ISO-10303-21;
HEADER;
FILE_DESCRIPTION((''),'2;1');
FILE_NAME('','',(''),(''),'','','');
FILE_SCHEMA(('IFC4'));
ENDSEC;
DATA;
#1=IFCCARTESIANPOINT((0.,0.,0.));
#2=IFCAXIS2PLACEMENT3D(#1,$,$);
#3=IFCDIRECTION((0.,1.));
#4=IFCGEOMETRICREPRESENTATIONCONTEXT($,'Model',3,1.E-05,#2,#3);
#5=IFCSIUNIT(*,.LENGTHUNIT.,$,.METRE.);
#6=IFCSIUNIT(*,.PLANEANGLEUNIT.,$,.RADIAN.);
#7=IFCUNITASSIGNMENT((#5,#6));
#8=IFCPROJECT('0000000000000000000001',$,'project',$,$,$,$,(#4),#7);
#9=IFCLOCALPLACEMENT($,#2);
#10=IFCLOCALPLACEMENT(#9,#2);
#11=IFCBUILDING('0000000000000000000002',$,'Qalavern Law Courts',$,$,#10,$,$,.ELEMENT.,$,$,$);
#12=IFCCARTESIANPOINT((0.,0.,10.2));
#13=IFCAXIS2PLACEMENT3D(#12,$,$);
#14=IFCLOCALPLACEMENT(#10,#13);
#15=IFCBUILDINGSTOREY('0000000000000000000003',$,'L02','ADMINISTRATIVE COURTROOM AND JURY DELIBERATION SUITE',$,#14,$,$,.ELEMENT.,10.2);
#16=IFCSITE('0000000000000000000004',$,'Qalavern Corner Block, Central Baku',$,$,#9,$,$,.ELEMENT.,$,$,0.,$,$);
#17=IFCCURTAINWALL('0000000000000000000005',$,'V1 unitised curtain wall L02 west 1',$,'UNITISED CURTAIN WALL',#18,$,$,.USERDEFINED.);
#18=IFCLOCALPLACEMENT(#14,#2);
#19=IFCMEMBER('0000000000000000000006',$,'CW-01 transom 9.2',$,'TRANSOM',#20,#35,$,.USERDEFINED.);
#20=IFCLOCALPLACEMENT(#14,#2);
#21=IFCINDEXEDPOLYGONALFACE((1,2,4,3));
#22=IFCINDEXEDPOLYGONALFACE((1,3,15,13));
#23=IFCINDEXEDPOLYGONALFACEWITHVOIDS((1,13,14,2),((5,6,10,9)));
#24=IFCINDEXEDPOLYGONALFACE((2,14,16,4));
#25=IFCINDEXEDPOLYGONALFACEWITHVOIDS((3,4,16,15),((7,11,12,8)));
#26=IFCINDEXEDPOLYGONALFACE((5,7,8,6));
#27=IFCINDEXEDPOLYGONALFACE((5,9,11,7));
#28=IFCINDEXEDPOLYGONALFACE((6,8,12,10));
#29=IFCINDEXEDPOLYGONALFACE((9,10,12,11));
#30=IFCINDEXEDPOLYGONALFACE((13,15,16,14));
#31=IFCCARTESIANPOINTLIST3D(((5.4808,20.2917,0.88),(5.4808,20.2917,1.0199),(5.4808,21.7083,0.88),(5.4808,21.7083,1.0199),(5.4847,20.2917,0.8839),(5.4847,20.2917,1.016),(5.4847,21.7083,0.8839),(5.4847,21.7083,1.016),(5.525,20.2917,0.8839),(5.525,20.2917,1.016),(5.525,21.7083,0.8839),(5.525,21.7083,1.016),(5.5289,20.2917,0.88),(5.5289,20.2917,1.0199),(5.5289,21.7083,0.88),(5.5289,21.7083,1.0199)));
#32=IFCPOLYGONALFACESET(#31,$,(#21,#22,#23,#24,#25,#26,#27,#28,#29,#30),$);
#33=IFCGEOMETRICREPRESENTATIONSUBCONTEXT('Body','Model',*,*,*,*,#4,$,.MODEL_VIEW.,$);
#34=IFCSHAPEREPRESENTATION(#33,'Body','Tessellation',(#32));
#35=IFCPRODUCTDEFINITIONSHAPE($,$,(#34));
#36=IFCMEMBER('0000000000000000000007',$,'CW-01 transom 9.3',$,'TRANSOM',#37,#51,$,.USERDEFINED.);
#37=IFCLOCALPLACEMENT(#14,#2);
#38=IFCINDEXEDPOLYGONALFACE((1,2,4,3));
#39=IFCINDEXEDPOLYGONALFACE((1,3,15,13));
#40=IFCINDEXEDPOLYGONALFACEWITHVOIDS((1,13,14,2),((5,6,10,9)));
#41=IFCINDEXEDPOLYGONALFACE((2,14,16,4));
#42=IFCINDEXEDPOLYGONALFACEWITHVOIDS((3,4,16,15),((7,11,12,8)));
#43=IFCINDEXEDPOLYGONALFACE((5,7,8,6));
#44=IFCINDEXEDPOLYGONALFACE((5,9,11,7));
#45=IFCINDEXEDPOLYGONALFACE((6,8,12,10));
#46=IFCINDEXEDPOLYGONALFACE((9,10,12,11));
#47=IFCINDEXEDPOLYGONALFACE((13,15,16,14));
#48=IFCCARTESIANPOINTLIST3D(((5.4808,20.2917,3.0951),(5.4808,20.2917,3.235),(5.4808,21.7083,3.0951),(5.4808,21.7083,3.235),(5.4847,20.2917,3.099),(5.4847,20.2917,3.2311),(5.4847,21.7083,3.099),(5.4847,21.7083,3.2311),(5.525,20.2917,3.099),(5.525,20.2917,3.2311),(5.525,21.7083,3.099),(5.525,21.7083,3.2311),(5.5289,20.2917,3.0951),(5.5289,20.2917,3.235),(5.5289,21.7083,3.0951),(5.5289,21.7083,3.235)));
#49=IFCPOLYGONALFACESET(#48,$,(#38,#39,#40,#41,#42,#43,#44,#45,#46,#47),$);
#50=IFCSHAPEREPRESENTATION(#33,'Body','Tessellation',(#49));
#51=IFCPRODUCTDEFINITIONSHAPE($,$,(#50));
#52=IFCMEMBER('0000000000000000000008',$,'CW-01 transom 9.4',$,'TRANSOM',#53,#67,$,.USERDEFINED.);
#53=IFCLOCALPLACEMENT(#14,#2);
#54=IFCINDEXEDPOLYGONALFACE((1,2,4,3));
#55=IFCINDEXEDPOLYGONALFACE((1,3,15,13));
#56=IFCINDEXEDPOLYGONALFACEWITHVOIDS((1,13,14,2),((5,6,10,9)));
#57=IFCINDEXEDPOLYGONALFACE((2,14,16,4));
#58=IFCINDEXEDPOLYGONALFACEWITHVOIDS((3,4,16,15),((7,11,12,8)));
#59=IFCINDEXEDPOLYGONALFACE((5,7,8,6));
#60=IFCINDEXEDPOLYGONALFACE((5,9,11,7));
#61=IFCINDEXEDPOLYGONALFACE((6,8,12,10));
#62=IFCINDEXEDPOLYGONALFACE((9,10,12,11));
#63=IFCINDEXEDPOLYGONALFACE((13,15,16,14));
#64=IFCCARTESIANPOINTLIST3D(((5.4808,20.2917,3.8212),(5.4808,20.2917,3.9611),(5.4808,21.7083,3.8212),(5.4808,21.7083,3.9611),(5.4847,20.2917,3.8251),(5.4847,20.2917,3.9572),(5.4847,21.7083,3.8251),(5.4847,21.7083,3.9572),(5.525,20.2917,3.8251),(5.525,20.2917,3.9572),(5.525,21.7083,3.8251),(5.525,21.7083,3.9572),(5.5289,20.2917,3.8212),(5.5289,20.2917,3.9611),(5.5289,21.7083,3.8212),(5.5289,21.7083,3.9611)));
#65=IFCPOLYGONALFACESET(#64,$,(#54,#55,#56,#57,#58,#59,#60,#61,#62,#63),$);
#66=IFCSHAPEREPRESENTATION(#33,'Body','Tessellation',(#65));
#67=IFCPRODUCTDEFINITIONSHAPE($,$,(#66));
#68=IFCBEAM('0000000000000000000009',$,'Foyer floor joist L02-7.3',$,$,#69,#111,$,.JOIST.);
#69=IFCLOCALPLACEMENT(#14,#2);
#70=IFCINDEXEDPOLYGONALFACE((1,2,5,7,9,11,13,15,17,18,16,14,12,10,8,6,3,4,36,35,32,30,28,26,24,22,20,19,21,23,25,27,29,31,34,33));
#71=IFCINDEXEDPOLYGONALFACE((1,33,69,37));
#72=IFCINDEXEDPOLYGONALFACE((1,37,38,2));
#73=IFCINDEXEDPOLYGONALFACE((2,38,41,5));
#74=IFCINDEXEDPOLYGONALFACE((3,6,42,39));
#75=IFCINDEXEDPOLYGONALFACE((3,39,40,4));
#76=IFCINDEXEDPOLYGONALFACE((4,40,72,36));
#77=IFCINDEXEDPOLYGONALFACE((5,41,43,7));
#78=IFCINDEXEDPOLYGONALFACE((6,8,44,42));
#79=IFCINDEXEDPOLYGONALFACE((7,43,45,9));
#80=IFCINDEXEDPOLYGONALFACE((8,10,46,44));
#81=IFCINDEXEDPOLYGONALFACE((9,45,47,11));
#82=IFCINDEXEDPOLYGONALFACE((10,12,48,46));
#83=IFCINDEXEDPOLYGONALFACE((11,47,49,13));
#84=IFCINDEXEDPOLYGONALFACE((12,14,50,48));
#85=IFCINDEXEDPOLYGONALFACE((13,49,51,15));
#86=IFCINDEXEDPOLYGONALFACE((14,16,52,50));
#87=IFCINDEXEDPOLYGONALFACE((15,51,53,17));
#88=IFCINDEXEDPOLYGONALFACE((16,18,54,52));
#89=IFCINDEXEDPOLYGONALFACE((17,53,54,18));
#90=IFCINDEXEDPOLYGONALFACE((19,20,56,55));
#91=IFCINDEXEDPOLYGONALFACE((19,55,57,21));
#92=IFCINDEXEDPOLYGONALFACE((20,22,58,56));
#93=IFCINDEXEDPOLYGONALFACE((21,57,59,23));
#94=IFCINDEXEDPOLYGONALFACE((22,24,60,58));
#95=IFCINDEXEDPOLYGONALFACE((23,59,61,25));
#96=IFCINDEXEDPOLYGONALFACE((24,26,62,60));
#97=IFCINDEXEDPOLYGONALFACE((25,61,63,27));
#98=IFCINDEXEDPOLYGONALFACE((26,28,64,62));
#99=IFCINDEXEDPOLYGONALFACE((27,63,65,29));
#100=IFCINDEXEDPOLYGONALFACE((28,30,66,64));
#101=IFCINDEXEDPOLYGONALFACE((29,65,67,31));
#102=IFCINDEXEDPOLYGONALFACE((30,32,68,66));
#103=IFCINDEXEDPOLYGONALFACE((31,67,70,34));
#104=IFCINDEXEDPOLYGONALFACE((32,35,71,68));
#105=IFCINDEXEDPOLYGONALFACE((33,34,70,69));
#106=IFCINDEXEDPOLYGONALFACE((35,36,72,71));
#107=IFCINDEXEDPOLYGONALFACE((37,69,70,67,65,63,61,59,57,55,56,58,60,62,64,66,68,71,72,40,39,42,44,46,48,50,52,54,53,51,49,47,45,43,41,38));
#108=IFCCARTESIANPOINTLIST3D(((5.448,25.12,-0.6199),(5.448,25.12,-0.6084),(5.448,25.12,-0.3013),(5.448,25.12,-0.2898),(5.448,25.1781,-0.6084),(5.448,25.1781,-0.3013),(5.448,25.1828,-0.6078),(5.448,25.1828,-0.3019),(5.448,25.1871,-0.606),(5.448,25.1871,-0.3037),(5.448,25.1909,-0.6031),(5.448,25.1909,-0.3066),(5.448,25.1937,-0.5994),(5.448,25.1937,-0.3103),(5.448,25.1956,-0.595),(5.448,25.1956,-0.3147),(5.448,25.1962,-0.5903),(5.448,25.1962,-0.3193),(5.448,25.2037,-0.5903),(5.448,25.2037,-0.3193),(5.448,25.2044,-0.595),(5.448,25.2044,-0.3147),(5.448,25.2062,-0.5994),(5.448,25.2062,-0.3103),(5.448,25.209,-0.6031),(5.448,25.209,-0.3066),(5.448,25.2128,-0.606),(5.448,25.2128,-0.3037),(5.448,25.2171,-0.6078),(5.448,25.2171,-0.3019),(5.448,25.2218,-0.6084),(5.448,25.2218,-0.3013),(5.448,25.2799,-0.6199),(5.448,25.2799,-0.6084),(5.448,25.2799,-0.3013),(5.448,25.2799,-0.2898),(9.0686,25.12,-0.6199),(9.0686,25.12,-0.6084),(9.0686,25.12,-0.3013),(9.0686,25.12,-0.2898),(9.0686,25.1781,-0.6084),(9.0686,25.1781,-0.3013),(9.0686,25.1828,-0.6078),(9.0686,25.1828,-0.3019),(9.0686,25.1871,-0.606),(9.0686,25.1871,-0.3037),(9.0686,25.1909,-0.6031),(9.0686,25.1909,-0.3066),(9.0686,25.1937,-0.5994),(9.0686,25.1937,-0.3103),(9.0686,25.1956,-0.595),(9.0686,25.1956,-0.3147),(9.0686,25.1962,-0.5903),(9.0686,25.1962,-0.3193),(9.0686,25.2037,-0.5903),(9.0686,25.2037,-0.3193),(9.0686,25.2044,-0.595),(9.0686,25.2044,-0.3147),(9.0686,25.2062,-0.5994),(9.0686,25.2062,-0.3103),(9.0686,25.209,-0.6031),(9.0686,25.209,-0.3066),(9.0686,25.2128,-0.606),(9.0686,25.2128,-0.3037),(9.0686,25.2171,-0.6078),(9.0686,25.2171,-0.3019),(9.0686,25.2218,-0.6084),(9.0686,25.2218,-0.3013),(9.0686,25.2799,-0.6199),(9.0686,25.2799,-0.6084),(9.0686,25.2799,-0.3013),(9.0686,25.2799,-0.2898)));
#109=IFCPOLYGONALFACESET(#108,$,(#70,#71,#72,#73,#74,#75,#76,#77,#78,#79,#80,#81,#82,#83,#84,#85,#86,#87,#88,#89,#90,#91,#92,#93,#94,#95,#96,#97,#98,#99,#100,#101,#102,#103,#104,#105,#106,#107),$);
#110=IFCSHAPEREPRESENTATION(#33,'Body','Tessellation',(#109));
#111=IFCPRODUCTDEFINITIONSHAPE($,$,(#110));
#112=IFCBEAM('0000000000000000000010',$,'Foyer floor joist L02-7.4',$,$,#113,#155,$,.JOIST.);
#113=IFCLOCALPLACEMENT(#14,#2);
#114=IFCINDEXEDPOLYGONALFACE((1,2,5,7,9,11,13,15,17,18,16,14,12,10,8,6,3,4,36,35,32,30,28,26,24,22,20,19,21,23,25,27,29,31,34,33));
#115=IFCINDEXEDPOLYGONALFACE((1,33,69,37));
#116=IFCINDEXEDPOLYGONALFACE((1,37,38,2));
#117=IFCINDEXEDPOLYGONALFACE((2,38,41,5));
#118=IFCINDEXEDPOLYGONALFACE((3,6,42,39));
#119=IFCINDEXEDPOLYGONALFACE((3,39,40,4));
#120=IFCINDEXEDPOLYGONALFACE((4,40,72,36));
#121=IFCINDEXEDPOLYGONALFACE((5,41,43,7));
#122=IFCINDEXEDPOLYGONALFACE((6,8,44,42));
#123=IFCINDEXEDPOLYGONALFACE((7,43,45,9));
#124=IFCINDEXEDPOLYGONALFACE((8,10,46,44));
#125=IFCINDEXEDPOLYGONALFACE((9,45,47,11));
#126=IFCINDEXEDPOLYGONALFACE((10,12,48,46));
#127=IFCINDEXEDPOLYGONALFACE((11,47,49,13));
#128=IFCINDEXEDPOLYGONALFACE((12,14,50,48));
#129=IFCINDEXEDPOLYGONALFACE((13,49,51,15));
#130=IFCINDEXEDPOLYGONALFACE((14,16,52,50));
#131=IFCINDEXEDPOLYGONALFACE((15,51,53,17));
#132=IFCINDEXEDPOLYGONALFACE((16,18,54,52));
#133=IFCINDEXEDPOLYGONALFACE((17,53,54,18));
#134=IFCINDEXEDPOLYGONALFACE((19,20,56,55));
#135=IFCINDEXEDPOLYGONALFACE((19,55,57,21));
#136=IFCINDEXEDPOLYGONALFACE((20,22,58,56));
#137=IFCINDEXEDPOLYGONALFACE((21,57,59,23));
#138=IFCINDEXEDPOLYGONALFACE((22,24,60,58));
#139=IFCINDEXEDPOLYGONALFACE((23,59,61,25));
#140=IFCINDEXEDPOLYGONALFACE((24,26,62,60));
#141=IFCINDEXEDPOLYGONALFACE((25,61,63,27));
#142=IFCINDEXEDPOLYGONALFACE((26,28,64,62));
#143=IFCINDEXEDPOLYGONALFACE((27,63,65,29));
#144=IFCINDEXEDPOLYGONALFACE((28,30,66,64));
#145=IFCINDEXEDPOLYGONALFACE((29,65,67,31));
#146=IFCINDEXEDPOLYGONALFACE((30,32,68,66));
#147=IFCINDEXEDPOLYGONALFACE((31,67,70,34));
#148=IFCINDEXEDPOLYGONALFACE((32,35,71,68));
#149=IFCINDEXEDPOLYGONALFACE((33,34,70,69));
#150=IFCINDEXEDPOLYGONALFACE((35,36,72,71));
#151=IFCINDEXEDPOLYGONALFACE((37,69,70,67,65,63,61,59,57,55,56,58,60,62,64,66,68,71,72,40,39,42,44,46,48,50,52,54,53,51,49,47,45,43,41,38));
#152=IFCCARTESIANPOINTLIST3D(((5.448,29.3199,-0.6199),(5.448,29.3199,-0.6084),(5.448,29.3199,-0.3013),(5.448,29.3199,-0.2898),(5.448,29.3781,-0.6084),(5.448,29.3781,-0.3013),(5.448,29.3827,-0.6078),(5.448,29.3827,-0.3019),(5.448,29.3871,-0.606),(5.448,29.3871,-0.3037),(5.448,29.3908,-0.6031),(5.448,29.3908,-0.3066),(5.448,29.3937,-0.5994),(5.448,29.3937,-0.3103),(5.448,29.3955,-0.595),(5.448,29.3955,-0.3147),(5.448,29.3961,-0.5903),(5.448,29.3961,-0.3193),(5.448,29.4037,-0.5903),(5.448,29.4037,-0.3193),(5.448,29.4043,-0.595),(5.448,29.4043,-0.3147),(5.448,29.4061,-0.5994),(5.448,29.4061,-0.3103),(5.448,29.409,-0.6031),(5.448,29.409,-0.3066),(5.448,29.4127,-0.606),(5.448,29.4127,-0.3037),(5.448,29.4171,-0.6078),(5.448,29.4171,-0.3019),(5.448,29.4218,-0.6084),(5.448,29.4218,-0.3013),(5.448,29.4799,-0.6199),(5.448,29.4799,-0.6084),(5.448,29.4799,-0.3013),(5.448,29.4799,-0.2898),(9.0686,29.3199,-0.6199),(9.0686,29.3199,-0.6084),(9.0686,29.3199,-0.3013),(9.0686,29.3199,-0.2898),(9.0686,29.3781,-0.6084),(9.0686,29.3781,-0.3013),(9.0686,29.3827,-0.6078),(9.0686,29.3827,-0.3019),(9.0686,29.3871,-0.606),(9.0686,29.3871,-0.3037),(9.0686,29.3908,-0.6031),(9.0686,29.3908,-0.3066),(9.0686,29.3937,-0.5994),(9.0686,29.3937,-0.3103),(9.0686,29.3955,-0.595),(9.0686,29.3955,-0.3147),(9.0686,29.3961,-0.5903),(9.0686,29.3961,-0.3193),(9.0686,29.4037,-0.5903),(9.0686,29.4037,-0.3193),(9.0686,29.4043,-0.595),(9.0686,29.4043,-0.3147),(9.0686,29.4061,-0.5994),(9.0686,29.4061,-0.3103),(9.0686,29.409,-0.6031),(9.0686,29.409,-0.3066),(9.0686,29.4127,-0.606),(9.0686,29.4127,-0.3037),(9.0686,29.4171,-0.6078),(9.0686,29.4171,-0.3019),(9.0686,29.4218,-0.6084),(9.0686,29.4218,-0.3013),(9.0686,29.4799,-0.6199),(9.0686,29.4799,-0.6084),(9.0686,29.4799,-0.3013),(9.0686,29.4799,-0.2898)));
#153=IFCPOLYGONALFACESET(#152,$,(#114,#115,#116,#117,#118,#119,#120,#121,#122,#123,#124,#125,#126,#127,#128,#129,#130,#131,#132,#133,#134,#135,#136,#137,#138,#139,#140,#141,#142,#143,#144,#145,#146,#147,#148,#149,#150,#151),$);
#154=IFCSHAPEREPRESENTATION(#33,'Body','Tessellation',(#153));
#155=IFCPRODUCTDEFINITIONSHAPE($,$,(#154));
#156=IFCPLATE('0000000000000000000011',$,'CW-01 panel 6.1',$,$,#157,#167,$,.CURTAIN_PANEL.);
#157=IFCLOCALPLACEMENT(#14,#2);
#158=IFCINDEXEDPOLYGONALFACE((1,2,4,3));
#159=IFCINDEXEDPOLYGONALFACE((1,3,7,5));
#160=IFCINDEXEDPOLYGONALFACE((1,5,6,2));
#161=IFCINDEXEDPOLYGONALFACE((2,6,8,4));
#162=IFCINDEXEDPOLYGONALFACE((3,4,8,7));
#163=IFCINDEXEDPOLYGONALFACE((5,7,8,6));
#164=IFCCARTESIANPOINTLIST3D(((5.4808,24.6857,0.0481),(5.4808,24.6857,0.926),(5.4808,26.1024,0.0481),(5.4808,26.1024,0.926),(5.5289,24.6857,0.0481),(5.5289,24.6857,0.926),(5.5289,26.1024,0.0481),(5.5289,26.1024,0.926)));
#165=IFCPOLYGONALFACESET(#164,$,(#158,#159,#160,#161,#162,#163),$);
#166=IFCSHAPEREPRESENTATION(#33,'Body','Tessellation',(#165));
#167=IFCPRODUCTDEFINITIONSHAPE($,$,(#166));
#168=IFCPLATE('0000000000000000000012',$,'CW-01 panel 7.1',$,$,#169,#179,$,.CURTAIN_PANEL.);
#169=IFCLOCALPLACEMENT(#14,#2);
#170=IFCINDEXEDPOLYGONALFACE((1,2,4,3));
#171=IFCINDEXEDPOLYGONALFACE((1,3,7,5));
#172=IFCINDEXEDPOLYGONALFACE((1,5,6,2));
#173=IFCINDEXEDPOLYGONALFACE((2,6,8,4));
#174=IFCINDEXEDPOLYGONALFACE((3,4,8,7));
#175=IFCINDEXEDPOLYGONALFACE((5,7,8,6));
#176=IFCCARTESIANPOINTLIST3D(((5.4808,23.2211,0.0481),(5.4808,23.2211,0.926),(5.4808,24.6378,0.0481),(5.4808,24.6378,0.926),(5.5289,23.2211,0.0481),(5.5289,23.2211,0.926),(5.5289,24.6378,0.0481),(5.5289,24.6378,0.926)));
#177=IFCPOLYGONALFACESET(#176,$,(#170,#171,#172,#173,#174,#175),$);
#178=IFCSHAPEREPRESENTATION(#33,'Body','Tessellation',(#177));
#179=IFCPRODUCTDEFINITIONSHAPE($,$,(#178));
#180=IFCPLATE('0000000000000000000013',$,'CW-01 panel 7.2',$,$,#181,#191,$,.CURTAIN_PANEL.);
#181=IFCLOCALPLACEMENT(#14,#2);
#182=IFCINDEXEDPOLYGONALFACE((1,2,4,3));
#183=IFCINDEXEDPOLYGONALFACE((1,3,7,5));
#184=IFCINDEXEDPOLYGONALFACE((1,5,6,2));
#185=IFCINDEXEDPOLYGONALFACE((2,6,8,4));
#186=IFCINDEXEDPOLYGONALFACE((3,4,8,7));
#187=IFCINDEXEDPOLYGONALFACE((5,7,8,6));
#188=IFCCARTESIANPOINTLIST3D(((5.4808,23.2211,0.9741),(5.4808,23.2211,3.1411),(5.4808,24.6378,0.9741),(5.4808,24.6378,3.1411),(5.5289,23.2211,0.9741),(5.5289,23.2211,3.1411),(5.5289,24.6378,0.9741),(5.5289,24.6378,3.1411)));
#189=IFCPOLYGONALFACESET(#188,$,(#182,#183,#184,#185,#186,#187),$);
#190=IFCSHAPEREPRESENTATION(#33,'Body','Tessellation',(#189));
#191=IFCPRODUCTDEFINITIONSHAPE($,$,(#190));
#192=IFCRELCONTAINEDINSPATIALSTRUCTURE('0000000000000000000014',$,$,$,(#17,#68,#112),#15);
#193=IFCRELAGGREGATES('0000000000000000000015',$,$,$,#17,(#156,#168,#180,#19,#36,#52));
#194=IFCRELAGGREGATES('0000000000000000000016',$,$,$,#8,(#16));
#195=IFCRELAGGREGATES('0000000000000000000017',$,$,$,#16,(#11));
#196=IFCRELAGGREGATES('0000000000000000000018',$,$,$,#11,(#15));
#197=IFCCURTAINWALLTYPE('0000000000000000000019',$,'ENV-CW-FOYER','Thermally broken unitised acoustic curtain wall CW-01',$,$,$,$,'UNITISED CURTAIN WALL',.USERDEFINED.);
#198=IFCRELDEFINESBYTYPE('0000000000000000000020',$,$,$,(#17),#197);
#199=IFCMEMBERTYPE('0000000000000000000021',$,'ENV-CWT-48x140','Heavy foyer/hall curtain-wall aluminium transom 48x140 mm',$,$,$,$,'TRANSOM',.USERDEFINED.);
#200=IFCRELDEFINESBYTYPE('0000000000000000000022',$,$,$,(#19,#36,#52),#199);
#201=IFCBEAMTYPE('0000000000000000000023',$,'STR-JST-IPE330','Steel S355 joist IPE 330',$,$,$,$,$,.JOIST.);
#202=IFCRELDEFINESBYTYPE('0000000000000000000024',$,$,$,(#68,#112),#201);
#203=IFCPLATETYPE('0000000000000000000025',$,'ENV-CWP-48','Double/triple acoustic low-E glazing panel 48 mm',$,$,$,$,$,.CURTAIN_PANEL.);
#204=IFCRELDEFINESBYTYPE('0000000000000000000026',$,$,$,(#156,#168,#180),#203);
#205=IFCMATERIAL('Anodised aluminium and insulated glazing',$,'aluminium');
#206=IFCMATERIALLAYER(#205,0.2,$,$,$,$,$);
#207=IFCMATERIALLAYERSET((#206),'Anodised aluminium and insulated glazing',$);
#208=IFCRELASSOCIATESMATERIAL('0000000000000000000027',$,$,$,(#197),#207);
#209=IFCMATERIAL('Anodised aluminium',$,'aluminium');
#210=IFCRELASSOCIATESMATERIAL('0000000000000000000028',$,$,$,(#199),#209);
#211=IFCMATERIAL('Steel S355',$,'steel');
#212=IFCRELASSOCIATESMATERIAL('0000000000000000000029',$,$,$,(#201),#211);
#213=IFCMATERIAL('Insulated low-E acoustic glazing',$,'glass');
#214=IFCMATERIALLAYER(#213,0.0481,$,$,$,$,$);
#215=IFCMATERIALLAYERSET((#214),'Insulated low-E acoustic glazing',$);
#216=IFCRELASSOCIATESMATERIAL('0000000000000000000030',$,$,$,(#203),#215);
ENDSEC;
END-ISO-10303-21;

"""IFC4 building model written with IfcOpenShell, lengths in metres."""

from ifc_helpers import new_model, si_unit, direction, frame, origin, origin_2d, place, context, subcontext, project, spatial, rectangle, hollow_rectangle, i_section, extrude, material, layer, layer_set, material_profile, profile_set, type_object, element, aggregate, save


model = new_model("IFC4")

# Units and contexts
model_context = context("Model", 3, precision=1e-05, world=origin(), true_north=direction((0.0, 1.0)))
body_context = subcontext(model_context, "Body", "Model", "MODEL_VIEW")
ifc_project = project(units=[si_unit("LENGTHUNIT", "METRE"), si_unit("PLANEANGLEUNIT", "RADIAN")], contexts=[model_context])

# Site, building, storey
site_placement = place(None, origin())
site = spatial("IfcSite", under=ifc_project, at=site_placement, Name="Qalavern Corner Block, Central Baku", CompositionType="ELEMENT", RefElevation=0.0)
building_placement = place(site_placement, origin())
building = spatial("IfcBuilding", under=site, at=building_placement, Name="Qalavern Law Courts", CompositionType="ELEMENT")
storey_placement = place(building_placement, frame((0.0, 0.0, 10.2)))
storey = spatial("IfcBuildingStorey", under=building, at=storey_placement, Name="L02", Description="ADMINISTRATIVE COURTROOM AND JURY DELIBERATION SUITE", CompositionType="ELEMENT", Elevation=10.2)

# Curtain wall, members
ifc_material_1 = material(Name="Anodised aluminium and insulated glazing", Category="aluminium")
ifc_layer_1 = layer(ifc_material_1, 0.2)
ifc_layer_set_1 = layer_set([ifc_layer_1], Name="Anodised aluminium and insulated glazing")
curtain_wall_type = type_object("IfcCurtainWallType", Name="ENV-CW-FOYER", Description="Thermally broken unitised acoustic curtain wall CW-01", ElementType="UNITISED CURTAIN WALL", PredefinedType="USERDEFINED", material=ifc_layer_set_1)
curtain_wall_placement = place(storey_placement, origin())
curtain_wall = element("IfcCurtainWall", 1, at=curtain_wall_placement, inside=storey, type_object=curtain_wall_type, Name="V1 unitised curtain wall L02 west 1", ObjectType="UNITISED CURTAIN WALL", PredefinedType="USERDEFINED")
ifc_material_2 = material(Name="Anodised aluminium", Category="aluminium")
ifc_material_profile_1 = material_profile(ifc_material_2, hollow_rectangle(XDim=0.0481, YDim=0.1399, WallThickness=0.0039, at=origin_2d()), Name="ALU TRANSOM 48x140")
ifc_profile_set_1 = profile_set([ifc_material_profile_1], Name="Anodised aluminium")
member_type_1 = type_object("IfcMemberType", Name="ENV-CWT-48x140", Description="Heavy foyer/hall curtain-wall aluminium transom 48x140 mm", ElementType="TRANSOM", PredefinedType="USERDEFINED", material=ifc_profile_set_1)
member_1_placement = place(storey_placement, frame((5.5049, 21.7083, 0.95), z_axis=(0.0, -1.0, 0.0), x_axis=(1.0, 0.0, 0.0)))
member_1 = element("IfcMember", 2, at=member_1_placement, type_object=member_type_1, Name="CW-01 transom 9.2", ObjectType="TRANSOM", PredefinedType="USERDEFINED", context=body_context, shape_type="SweptSolid", body=[
    extrude(hollow_rectangle(XDim=0.0481, YDim=0.1399, WallThickness=0.0039, at=origin_2d()), origin(), (0.0, 0.0, 1.0), 1.4165),
])
member_2_placement = place(storey_placement, frame((5.5049, 21.7083, 3.165), z_axis=(0.0, -1.0, 0.0), x_axis=(1.0, 0.0, 0.0)))
member_2 = element("IfcMember", 3, at=member_2_placement, type_object=member_type_1, Name="CW-01 transom 9.3", ObjectType="TRANSOM", PredefinedType="USERDEFINED", context=body_context, shape_type="SweptSolid", body=[
    extrude(hollow_rectangle(XDim=0.0481, YDim=0.1399, WallThickness=0.0039, at=origin_2d()), origin(), (0.0, 0.0, 1.0), 1.4165),
])
member_3_placement = place(storey_placement, frame((5.5049, 21.7083, 3.8911), z_axis=(0.0, -1.0, 0.0), x_axis=(1.0, 0.0, 0.0)))
member_3 = element("IfcMember", 4, at=member_3_placement, type_object=member_type_1, Name="CW-01 transom 9.4", ObjectType="TRANSOM", PredefinedType="USERDEFINED", context=body_context, shape_type="SweptSolid", body=[
    extrude(hollow_rectangle(XDim=0.0481, YDim=0.1399, WallThickness=0.0039, at=origin_2d()), origin(), (0.0, 0.0, 1.0), 1.4165),
])

# Beams
ifc_material_3 = material(Name="Steel S355", Category="steel")
ifc_material_profile_2 = material_profile(ifc_material_3, i_section(OverallWidth=0.1599, OverallDepth=0.3301, WebThickness=0.0076, FlangeThickness=0.0115, FilletRadius=0.0181, at=origin_2d()), Name="IPE 330")
ifc_profile_set_2 = profile_set([ifc_material_profile_2], Name="Steel S355")
beam_type = type_object("IfcBeamType", Name="STR-JST-IPE330", Description="Steel S355 joist IPE 330", PredefinedType="JOIST", material=ifc_profile_set_2)
for number, where, z_axis, x_axis, name in (
    (5, (5.448, 25.2, -0.4548), (1.0, 0.0, 0.0), (0.0, 1.0, 0.0), "Foyer floor joist L02-7.3"),
    (6, (5.448, 29.3999, -0.4548), (1.0, 0.0, 0.0), (0.0, 1.0, 0.0), "Foyer floor joist L02-7.4"),
):
    element("IfcBeam", number, at=place(storey_placement, frame(where, z_axis=z_axis, x_axis=x_axis)), inside=storey, type_object=beam_type, Name=name, PredefinedType="JOIST", context=body_context, shape_type="SweptSolid", body=[
        extrude(i_section(OverallWidth=0.1599, OverallDepth=0.3301, WebThickness=0.0076, FlangeThickness=0.0115, FilletRadius=0.0181, at=origin_2d()), origin(), (0.0, 0.0, 1.0), 3.6206),
    ])

# Plates
ifc_material_4 = material(Name="Insulated low-E acoustic glazing", Category="glass")
ifc_layer_2 = layer(ifc_material_4, 0.0481)
ifc_layer_set_2 = layer_set([ifc_layer_2], Name="Insulated low-E acoustic glazing")
plate_type = type_object("IfcPlateType", Name="ENV-CWP-48", Description="Double/triple acoustic low-E glazing panel 48 mm", PredefinedType="CURTAIN_PANEL", material=ifc_layer_set_2)
plate_1_placement = place(storey_placement, frame((5.5049, 25.394, 0.0481), z_axis=(0.0, 0.0, 1.0), x_axis=(0.0, -1.0, 0.0)))
plate_1 = element("IfcPlate", 7, at=plate_1_placement, type_object=plate_type, Name="CW-01 panel 6.1", PredefinedType="CURTAIN_PANEL", context=body_context, shape_type="SweptSolid", body=[
    extrude(rectangle(XDim=1.4167, YDim=0.0481, at=origin_2d()), origin(), (0.0, 0.0, 1.0), 0.8779),
])
plate_2_placement = place(storey_placement, frame((5.5049, 23.9294, 0.0481), z_axis=(0.0, 0.0, 1.0), x_axis=(0.0, -1.0, 0.0)))
plate_2 = element("IfcPlate", 8, at=plate_2_placement, type_object=plate_type, Name="CW-01 panel 7.1", PredefinedType="CURTAIN_PANEL", context=body_context, shape_type="SweptSolid", body=[
    extrude(rectangle(XDim=1.4167, YDim=0.0481, at=origin_2d()), origin(), (0.0, 0.0, 1.0), 0.8779),
])
plate_3_placement = place(storey_placement, frame((5.5049, 23.9294, 0.9741), z_axis=(0.0, 0.0, 1.0), x_axis=(0.0, -1.0, 0.0)))
plate_3 = element("IfcPlate", 9, at=plate_3_placement, type_object=plate_type, Name="CW-01 panel 7.2", PredefinedType="CURTAIN_PANEL", context=body_context, shape_type="SweptSolid", body=[
    extrude(rectangle(XDim=1.4167, YDim=0.0481, at=origin_2d()), origin(), (0.0, 0.0, 1.0), 2.167),
])
aggregate(curtain_wall, [plate_1, plate_2, plate_3, member_1, member_2, member_3])

save(model, "model.ifc")
